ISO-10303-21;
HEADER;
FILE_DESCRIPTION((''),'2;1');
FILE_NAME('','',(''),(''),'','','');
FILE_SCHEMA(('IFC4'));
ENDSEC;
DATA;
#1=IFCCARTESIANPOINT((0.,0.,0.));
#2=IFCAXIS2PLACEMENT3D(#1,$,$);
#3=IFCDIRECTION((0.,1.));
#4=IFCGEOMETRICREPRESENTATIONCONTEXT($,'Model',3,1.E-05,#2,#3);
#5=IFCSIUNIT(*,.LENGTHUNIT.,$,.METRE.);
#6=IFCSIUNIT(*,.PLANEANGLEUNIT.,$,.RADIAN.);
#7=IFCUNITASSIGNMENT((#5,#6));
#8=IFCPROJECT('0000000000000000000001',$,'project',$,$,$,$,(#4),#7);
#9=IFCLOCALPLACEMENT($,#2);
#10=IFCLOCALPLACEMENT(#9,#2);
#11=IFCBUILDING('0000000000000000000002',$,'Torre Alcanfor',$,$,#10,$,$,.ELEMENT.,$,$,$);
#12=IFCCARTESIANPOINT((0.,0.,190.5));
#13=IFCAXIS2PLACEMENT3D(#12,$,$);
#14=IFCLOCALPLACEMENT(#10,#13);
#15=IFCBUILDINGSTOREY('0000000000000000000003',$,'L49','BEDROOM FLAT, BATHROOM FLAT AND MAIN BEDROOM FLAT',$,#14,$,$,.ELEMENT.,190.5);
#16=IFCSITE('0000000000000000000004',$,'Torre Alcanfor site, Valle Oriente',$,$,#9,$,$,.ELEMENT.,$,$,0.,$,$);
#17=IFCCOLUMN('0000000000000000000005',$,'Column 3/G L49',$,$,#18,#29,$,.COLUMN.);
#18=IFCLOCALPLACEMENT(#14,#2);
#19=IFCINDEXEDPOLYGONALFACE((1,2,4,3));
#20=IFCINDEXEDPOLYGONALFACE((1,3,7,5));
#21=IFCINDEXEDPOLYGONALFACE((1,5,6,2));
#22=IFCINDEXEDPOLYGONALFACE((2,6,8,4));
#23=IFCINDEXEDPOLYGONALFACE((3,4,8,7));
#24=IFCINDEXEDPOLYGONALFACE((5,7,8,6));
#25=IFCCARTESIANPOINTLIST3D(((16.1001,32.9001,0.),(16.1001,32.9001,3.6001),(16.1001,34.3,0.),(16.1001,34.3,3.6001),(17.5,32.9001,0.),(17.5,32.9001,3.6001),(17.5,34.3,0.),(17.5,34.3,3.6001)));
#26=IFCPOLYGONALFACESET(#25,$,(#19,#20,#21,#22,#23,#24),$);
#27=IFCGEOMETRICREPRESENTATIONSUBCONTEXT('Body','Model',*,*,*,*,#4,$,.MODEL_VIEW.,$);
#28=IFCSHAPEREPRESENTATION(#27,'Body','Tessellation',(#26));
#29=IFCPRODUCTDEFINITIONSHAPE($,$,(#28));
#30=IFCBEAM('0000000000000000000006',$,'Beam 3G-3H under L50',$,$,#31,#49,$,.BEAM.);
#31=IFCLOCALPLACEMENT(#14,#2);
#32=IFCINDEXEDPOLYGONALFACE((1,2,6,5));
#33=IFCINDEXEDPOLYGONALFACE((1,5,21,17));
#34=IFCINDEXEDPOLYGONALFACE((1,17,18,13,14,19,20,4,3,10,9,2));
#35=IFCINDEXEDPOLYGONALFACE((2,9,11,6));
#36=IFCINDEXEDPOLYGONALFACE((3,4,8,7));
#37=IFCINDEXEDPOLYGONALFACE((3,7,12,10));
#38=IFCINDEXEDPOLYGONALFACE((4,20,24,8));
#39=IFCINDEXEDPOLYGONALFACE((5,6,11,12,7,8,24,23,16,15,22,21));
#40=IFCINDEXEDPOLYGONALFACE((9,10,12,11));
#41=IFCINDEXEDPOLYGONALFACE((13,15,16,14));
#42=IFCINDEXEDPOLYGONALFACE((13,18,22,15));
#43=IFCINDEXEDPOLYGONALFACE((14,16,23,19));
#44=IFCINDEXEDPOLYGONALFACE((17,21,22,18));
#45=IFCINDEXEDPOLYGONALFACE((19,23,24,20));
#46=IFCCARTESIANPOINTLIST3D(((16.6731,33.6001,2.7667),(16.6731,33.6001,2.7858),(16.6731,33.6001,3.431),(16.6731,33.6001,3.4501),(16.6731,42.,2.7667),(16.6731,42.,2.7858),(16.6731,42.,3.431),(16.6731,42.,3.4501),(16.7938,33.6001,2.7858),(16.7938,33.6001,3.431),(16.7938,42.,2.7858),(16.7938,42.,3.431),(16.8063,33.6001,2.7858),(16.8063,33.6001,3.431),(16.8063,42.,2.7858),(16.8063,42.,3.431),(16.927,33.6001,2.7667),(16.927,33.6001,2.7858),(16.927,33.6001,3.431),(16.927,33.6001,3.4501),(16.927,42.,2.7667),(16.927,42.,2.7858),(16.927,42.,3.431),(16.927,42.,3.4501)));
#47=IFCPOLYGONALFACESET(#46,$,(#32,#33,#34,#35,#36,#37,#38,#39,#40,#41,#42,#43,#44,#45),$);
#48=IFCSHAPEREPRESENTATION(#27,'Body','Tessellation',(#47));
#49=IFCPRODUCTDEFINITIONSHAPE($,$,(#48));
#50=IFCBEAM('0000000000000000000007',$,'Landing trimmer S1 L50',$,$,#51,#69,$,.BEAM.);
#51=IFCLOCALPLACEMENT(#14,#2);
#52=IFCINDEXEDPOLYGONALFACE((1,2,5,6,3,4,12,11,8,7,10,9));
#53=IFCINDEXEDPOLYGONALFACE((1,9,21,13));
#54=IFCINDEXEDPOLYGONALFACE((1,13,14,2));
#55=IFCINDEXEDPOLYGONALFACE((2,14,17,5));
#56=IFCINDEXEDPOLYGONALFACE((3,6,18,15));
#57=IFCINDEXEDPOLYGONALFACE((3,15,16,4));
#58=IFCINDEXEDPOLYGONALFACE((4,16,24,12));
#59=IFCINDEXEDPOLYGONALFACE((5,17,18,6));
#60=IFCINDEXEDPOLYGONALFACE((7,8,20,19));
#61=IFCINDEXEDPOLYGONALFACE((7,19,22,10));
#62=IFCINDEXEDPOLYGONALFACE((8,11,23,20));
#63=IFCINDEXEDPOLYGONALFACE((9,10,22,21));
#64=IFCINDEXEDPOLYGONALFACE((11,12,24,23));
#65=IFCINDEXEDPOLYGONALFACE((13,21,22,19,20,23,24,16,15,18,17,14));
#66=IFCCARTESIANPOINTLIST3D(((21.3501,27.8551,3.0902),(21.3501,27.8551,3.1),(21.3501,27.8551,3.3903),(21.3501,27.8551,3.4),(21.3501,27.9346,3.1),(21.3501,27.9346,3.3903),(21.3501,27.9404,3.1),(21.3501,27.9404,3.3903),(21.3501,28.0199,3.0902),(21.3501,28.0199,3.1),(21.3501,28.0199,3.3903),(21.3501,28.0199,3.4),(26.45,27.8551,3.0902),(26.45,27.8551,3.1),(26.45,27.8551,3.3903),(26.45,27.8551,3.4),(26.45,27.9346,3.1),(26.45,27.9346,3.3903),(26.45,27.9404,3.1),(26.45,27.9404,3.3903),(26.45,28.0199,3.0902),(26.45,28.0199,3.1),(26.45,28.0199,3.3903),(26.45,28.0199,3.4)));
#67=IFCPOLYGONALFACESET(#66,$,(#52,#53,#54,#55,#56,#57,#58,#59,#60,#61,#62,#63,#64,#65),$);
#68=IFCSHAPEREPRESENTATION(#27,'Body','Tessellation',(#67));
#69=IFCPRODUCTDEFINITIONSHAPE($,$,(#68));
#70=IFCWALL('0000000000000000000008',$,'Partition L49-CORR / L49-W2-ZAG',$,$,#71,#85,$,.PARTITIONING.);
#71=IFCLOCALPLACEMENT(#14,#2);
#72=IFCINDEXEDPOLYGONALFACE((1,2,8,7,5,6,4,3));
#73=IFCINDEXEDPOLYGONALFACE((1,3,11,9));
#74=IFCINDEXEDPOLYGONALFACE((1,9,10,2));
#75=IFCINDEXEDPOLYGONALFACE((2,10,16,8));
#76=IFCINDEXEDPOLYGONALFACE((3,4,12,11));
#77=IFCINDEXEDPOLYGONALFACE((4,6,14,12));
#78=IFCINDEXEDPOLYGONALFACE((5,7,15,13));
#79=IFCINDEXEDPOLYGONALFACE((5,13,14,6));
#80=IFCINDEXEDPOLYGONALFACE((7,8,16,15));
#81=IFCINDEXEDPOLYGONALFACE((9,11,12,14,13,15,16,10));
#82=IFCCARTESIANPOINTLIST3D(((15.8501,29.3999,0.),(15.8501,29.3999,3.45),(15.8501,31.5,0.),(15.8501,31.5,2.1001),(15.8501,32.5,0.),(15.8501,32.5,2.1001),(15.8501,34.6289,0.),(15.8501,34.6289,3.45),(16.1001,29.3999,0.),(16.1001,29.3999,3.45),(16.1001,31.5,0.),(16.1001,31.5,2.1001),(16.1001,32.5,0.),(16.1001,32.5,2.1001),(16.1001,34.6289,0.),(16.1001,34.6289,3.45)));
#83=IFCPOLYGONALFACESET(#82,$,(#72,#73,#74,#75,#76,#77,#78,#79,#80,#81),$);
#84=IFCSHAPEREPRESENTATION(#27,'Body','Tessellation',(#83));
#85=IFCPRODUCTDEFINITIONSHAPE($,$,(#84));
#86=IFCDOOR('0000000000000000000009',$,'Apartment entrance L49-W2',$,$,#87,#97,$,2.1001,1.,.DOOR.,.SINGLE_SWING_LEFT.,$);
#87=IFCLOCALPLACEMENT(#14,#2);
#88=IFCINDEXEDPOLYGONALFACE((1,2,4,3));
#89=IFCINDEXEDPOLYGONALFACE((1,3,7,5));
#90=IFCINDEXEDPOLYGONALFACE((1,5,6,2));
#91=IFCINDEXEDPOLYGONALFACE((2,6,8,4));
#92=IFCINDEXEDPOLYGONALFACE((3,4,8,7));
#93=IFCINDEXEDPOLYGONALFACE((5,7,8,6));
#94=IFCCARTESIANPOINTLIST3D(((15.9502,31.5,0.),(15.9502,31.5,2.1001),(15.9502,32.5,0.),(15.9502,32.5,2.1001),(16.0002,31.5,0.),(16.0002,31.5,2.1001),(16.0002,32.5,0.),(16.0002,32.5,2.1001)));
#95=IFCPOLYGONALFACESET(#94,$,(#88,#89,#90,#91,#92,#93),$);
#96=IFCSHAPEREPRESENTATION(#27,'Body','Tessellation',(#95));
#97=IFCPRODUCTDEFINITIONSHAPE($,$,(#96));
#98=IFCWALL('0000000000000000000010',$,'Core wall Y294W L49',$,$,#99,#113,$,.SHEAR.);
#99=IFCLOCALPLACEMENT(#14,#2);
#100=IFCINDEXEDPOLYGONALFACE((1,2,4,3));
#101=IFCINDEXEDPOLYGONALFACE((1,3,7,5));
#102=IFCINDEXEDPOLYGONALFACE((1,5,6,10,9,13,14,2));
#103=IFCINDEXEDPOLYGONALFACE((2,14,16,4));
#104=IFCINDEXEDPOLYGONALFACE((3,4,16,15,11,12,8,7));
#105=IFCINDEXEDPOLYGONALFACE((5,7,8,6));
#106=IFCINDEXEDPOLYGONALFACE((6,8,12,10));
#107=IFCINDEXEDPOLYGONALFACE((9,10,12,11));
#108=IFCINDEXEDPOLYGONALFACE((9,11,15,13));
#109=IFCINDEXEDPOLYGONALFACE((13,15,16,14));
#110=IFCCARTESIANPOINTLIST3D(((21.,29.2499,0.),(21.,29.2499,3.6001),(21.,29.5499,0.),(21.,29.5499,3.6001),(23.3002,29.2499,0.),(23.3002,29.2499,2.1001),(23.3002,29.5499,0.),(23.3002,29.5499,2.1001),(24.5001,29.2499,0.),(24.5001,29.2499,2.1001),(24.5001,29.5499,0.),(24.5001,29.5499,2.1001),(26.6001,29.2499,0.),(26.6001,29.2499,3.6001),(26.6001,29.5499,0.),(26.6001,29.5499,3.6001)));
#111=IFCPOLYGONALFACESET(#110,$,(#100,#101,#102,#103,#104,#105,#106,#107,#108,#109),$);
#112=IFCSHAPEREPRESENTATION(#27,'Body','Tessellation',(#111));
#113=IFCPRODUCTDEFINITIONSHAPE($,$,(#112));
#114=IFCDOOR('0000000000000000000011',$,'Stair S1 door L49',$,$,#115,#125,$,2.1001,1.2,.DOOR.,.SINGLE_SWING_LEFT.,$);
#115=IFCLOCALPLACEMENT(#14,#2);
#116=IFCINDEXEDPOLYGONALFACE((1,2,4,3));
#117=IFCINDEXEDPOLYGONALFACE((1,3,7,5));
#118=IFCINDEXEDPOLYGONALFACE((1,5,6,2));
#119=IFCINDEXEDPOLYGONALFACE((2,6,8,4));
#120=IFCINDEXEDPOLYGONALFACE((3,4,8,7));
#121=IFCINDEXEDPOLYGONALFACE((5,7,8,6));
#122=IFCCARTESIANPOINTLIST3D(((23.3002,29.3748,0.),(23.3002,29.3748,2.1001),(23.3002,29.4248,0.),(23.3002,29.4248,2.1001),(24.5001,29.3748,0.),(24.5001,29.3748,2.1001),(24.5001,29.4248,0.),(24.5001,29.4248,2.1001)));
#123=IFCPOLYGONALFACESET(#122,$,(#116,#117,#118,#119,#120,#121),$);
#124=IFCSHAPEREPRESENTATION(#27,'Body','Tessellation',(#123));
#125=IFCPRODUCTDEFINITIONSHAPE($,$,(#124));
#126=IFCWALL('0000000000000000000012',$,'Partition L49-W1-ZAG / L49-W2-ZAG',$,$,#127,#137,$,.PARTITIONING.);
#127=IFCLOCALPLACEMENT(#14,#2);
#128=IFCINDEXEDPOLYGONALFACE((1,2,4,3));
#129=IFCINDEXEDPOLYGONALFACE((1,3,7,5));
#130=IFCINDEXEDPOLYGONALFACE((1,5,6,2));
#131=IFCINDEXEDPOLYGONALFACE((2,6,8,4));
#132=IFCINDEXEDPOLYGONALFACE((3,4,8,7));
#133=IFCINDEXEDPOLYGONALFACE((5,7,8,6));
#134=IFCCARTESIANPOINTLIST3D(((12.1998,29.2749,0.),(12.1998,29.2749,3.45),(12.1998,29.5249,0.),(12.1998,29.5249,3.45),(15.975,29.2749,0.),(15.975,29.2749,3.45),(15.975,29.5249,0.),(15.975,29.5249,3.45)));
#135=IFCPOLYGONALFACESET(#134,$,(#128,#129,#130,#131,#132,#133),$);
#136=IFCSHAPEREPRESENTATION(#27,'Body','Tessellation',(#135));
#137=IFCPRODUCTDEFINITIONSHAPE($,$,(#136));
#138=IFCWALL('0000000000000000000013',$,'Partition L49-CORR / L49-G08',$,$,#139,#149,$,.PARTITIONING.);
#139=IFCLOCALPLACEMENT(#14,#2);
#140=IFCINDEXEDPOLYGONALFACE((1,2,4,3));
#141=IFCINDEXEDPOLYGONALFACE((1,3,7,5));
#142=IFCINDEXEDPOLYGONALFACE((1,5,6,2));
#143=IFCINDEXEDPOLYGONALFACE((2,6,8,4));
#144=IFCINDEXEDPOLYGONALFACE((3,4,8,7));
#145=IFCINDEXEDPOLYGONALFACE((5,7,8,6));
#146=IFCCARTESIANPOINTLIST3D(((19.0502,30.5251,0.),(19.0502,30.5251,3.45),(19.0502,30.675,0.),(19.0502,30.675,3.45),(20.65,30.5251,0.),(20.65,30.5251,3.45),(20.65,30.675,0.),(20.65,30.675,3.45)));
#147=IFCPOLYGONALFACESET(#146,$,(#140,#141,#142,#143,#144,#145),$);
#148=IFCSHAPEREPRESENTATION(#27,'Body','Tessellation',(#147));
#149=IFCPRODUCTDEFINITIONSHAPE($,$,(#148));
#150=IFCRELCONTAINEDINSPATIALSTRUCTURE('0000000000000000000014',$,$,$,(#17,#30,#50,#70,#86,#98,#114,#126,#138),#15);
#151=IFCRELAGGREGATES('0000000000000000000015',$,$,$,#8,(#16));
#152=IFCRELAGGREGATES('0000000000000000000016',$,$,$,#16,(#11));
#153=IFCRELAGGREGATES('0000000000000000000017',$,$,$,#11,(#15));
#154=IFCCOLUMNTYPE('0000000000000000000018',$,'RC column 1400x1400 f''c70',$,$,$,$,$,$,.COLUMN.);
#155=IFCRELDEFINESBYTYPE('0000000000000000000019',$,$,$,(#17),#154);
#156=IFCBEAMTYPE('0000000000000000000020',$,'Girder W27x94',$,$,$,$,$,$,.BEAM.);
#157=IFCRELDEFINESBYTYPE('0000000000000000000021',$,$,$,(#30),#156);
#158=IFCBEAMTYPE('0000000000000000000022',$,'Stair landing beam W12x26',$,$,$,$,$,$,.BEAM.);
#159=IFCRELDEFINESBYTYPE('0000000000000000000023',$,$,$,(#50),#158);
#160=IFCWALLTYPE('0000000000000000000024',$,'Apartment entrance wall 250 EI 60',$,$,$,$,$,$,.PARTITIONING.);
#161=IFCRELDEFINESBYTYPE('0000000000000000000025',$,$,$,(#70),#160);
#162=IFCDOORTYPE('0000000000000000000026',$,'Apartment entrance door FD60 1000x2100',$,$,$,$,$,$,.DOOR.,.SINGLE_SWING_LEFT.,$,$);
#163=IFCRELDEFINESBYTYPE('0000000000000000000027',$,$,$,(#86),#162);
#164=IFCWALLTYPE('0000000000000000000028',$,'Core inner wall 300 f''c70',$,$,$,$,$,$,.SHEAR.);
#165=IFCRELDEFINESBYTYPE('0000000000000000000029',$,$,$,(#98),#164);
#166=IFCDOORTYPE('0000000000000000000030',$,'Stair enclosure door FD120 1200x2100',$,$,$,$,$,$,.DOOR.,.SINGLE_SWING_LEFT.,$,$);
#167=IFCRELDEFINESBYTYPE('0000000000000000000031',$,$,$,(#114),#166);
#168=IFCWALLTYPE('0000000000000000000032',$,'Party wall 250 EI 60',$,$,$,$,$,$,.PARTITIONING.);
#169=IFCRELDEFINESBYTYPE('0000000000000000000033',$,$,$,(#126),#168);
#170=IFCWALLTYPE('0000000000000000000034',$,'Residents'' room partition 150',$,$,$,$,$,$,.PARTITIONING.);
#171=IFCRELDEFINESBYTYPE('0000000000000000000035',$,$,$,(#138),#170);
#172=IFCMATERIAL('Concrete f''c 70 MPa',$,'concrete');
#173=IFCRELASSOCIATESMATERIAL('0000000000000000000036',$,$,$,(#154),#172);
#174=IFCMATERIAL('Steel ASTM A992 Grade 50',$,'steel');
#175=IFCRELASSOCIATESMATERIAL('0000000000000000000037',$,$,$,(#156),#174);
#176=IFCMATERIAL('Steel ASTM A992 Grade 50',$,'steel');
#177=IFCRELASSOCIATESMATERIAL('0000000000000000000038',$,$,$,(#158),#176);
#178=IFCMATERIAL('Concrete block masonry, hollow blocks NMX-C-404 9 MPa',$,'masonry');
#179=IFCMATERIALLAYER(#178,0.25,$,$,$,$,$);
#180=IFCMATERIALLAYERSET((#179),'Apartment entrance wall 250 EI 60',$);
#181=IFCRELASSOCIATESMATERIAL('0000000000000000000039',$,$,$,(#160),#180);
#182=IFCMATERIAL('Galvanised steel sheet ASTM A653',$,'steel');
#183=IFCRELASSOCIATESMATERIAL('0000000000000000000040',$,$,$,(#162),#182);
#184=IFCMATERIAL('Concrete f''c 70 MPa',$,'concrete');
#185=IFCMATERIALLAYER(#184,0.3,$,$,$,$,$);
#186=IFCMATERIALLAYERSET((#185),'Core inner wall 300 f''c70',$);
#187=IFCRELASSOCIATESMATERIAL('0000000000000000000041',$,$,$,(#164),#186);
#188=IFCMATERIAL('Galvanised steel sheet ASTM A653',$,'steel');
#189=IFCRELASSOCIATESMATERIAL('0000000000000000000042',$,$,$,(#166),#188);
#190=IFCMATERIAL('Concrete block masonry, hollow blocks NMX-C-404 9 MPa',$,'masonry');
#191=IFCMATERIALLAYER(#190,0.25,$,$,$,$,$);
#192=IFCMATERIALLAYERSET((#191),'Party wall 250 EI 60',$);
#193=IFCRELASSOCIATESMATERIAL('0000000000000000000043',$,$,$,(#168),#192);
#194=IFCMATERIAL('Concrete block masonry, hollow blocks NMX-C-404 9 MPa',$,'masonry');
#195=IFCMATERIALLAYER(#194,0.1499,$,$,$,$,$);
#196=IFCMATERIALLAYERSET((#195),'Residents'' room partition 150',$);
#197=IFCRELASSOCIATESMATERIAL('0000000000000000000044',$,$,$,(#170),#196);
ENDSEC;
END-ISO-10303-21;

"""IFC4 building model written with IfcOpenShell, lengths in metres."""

from ifc_helpers import new_model, si_unit, direction, frame, frame_2d, origin, origin_2d, place, context, subcontext, project, spatial, rectangle, i_section, extrude, material, layer, layer_set, material_profile, profile_set, type_object, element, fill, save


model = new_model("IFC4")

# Units and contexts
model_context = context("Model", 3, precision=1e-05, world=origin(), true_north=direction((0.0, 1.0)))
body_context = subcontext(model_context, "Body", "Model", "MODEL_VIEW")
ifc_project = project(units=[si_unit("LENGTHUNIT", "METRE"), si_unit("PLANEANGLEUNIT", "RADIAN")], contexts=[model_context])

# Site, building, storey
site_placement = place(None, origin())
site = spatial("IfcSite", under=ifc_project, at=site_placement, Name="Torre Alcanfor site, Valle Oriente", CompositionType="ELEMENT", RefElevation=0.0)
building_placement = place(site_placement, origin())
building = spatial("IfcBuilding", under=site, at=building_placement, Name="Torre Alcanfor", CompositionType="ELEMENT")
storey_placement = place(building_placement, frame((0.0, 0.0, 190.5)))
storey = spatial("IfcBuildingStorey", under=building, at=storey_placement, Name="L49", Description="BEDROOM FLAT, BATHROOM FLAT AND MAIN BEDROOM FLAT", CompositionType="ELEMENT", Elevation=190.5)

# Column
ifc_material_1 = material(Name="Concrete f'c 70 MPa", Category="concrete")
ifc_material_profile_1 = material_profile(ifc_material_1, rectangle(XDim=1.3999, YDim=1.3999, at=origin_2d()), Name="1400x1400")
ifc_profile_set_1 = profile_set([ifc_material_profile_1], Name="Concrete f'c 70 MPa")
column_type = type_object("IfcColumnType", Name="RC column 1400x1400 f'c70", PredefinedType="COLUMN", material=ifc_profile_set_1)
column_placement = place(storey_placement, frame((16.8, 33.6001, 0.0), z_axis=(0.0, 0.0, 1.0), x_axis=(1.0, 0.0, 0.0)))
element("IfcColumn", 1, at=column_placement, inside=storey, type_object=column_type, Name="Column 3/G L49", PredefinedType="COLUMN", context=body_context, shape_type="SweptSolid", body=[
    extrude(rectangle(XDim=1.3999, YDim=1.3999, at=origin_2d()), origin(), (0.0, 0.0, 1.0), 3.6001),
])

# Beams
ifc_material_2 = material(Name="Steel ASTM A992 Grade 50", Category="steel")
ifc_material_profile_2 = material_profile(ifc_material_2, i_section(OverallWidth=0.2539, OverallDepth=0.6833, WebThickness=0.0125, FlangeThickness=0.019, at=origin_2d()), Name="W27x94")
ifc_profile_set_2 = profile_set([ifc_material_profile_2], Name="Steel ASTM A992 Grade 50")
beam_type_1 = type_object("IfcBeamType", Name="Girder W27x94", PredefinedType="BEAM", material=ifc_profile_set_2)
beam_1_placement = place(storey_placement, frame((16.8, 33.6001, 3.1084), z_axis=(0.0, 1.0, 0.0), x_axis=(-1.0, 0.0, 0.0)))
element("IfcBeam", 2, at=beam_1_placement, inside=storey, type_object=beam_type_1, Name="Beam 3G-3H under L50", PredefinedType="BEAM", context=body_context, shape_type="SweptSolid", body=[
    extrude(i_section(OverallWidth=0.2539, OverallDepth=0.6833, WebThickness=0.0125, FlangeThickness=0.019, at=origin_2d()), origin(), (0.0, 0.0, 1.0), 8.3999),
])
ifc_material_3 = material(Name="Steel ASTM A992 Grade 50", Category="steel")
ifc_material_profile_3 = material_profile(ifc_material_3, i_section(OverallWidth=0.1648, OverallDepth=0.3098, WebThickness=0.0059, FlangeThickness=0.0098, at=origin_2d()), Name="W12x26")
ifc_profile_set_3 = profile_set([ifc_material_profile_3], Name="Steel ASTM A992 Grade 50")
beam_type_2 = type_object("IfcBeamType", Name="Stair landing beam W12x26", PredefinedType="BEAM", material=ifc_profile_set_3)
beam_2_placement = place(storey_placement, frame((21.3501, 27.9375, 3.2451), z_axis=(1.0, 0.0, 0.0), x_axis=(0.0, 1.0, 0.0)))
element("IfcBeam", 3, at=beam_2_placement, inside=storey, type_object=beam_type_2, Name="Landing trimmer S1 L50", PredefinedType="BEAM", context=body_context, shape_type="SweptSolid", body=[
    extrude(i_section(OverallWidth=0.1648, OverallDepth=0.3098, WebThickness=0.0059, FlangeThickness=0.0098, at=origin_2d()), origin(), (0.0, 0.0, 1.0), 5.0999),
])

# Walls, openings, doors
ifc_material_4 = material(Name="Concrete block masonry, hollow blocks NMX-C-404 9 MPa", Category="masonry")
ifc_layer_1 = layer(ifc_material_4, 0.25)
ifc_layer_set_1 = layer_set([ifc_layer_1], Name="Apartment entrance wall 250 EI 60")
wall_type_1 = type_object("IfcWallType", Name="Apartment entrance wall 250 EI 60", PredefinedType="PARTITIONING", material=ifc_layer_set_1)
wall_1_placement = place(storey_placement, frame((15.9751, 29.3999, 0.0), z_axis=(0.0, 0.0, 1.0), x_axis=(0.0, 1.0, 0.0)))
wall_1 = element("IfcWall", 4, at=wall_1_placement, inside=storey, type_object=wall_type_1, Name="Partition L49-CORR / L49-W2-ZAG", PredefinedType="PARTITIONING", context=body_context, shape_type="SweptSolid", body=[
    extrude(rectangle(XDim=5.229, YDim=0.25, at=frame_2d((2.6145, 0.0))), origin(), (0.0, 0.0, 1.0), 3.45),
])
opening_1_placement = place(wall_1_placement, frame((2.1001, 0.0, 0.0)))
opening_1 = element("IfcOpeningElement", 5, at=opening_1_placement, cuts=wall_1, PredefinedType="OPENING", context=body_context, shape_type="SweptSolid", body=[
    extrude(rectangle(XDim=1.0, YDim=2.1001, at=frame_2d((0.5, 1.05))), frame((0.0, 0.135, 0.0), z_axis=(0.0, -1.0, 0.0), x_axis=(1.0, 0.0, 0.0)), (0.0, 0.0, 1.0), 0.27),
])
ifc_material_5 = material(Name="Galvanised steel sheet ASTM A653", Category="steel")
door_type_1 = type_object("IfcDoorType", Name="Apartment entrance door FD60 1000x2100", OperationType="SINGLE_SWING_LEFT", PredefinedType="DOOR", material=ifc_material_5)
door_1_placement = place(opening_1_placement, origin())
door_1 = element("IfcDoor", 6, at=door_1_placement, inside=storey, type_object=door_type_1, Name="Apartment entrance L49-W2", OperationType="SINGLE_SWING_LEFT", OverallHeight=2.1001, OverallWidth=1.0, PredefinedType="DOOR", context=body_context, shape_type="SweptSolid", body=[
    extrude(rectangle(XDim=1.0, YDim=2.1001, at=frame_2d((0.5, 1.05))), frame((0.0, 0.0249, 0.0), z_axis=(0.0, -1.0, 0.0), x_axis=(1.0, 0.0, 0.0)), (0.0, 0.0, 1.0), 0.05),
])
fill(opening_1, door_1)
ifc_material_6 = material(Name="Concrete f'c 70 MPa", Category="concrete")
ifc_layer_2 = layer(ifc_material_6, 0.3)
ifc_layer_set_2 = layer_set([ifc_layer_2], Name="Core inner wall 300 f'c70")
wall_type_2 = type_object("IfcWallType", Name="Core inner wall 300 f'c70", PredefinedType="SHEAR", material=ifc_layer_set_2)
wall_2_placement = place(storey_placement, frame((21.0, 29.3999, 0.0), z_axis=(0.0, 0.0, 1.0), x_axis=(1.0, 0.0, 0.0)))
wall_2 = element("IfcWall", 7, at=wall_2_placement, inside=storey, type_object=wall_type_2, Name="Core wall Y294W L49", PredefinedType="SHEAR", context=body_context, shape_type="SweptSolid", body=[
    extrude(rectangle(XDim=5.6001, YDim=0.3, at=frame_2d((2.8, 0.0))), origin(), (0.0, 0.0, 1.0), 3.6001),
])
opening_2_placement = place(wall_2_placement, frame((2.3, 0.0, 0.0)))
opening_2 = element("IfcOpeningElement", 8, at=opening_2_placement, cuts=wall_2, PredefinedType="OPENING", context=body_context, shape_type="SweptSolid", body=[
    extrude(rectangle(XDim=1.2, YDim=2.1001, at=frame_2d((0.6001, 1.05))), frame((0.0, 0.1599, 0.0), z_axis=(0.0, -1.0, 0.0), x_axis=(1.0, 0.0, 0.0)), (0.0, 0.0, 1.0), 0.3201),
])
ifc_material_7 = material(Name="Galvanised steel sheet ASTM A653", Category="steel")
door_type_2 = type_object("IfcDoorType", Name="Stair enclosure door FD120 1200x2100", OperationType="SINGLE_SWING_LEFT", PredefinedType="DOOR", material=ifc_material_7)
door_2_placement = place(opening_2_placement, frame((1.2, 0.0, 0.0), z_axis=(0.0, 0.0, 1.0), x_axis=(-1.0, 0.0, 0.0)))
door_2 = element("IfcDoor", 9, at=door_2_placement, inside=storey, type_object=door_type_2, Name="Stair S1 door L49", OperationType="SINGLE_SWING_LEFT", OverallHeight=2.1001, OverallWidth=1.2, PredefinedType="DOOR", context=body_context, shape_type="SweptSolid", body=[
    extrude(rectangle(XDim=1.2, YDim=2.1001, at=frame_2d((0.5999, 1.05))), frame((0.0, 0.0251, 0.0), z_axis=(0.0, -1.0, 0.0), x_axis=(1.0, 0.0, 0.0)), (0.0, 0.0, 1.0), 0.05),
])
fill(opening_2, door_2)

# Walls
ifc_material_8 = material(Name="Concrete block masonry, hollow blocks NMX-C-404 9 MPa", Category="masonry")
ifc_layer_3 = layer(ifc_material_8, 0.25)
ifc_layer_set_3 = layer_set([ifc_layer_3], Name="Party wall 250 EI 60")
wall_type_3 = type_object("IfcWallType", Name="Party wall 250 EI 60", PredefinedType="PARTITIONING", material=ifc_layer_set_3)
wall_3_placement = place(storey_placement, frame((15.9751, 29.3999, 0.0), z_axis=(0.0, 0.0, 1.0), x_axis=(-1.0, 0.0, 0.0)))
element("IfcWall", 10, at=wall_3_placement, inside=storey, type_object=wall_type_3, Name="Partition L49-W1-ZAG / L49-W2-ZAG", PredefinedType="PARTITIONING", context=body_context, shape_type="SweptSolid", body=[
    extrude(rectangle(XDim=3.7751, YDim=0.25, at=frame_2d((1.8877, 0.0))), origin(), (0.0, 0.0, 1.0), 3.45),
])
ifc_material_9 = material(Name="Concrete block masonry, hollow blocks NMX-C-404 9 MPa", Category="masonry")
ifc_layer_4 = layer(ifc_material_9, 0.1499)
ifc_layer_set_4 = layer_set([ifc_layer_4], Name="Residents' room partition 150")
wall_type_4 = type_object("IfcWallType", Name="Residents' room partition 150", PredefinedType="PARTITIONING", material=ifc_layer_set_4)
wall_4_placement = place(storey_placement, frame((20.6499, 30.6001, 0.0), z_axis=(0.0, 0.0, 1.0), x_axis=(-1.0, 0.0, 0.0)))
element("IfcWall", 11, at=wall_4_placement, inside=storey, type_object=wall_type_4, Name="Partition L49-CORR / L49-G08", PredefinedType="PARTITIONING", context=body_context, shape_type="SweptSolid", body=[
    extrude(rectangle(XDim=1.5999, YDim=0.1499, at=frame_2d((0.7998, 0.0))), origin(), (0.0, 0.0, 1.0), 3.45),
])

save(model, "model.ifc")
